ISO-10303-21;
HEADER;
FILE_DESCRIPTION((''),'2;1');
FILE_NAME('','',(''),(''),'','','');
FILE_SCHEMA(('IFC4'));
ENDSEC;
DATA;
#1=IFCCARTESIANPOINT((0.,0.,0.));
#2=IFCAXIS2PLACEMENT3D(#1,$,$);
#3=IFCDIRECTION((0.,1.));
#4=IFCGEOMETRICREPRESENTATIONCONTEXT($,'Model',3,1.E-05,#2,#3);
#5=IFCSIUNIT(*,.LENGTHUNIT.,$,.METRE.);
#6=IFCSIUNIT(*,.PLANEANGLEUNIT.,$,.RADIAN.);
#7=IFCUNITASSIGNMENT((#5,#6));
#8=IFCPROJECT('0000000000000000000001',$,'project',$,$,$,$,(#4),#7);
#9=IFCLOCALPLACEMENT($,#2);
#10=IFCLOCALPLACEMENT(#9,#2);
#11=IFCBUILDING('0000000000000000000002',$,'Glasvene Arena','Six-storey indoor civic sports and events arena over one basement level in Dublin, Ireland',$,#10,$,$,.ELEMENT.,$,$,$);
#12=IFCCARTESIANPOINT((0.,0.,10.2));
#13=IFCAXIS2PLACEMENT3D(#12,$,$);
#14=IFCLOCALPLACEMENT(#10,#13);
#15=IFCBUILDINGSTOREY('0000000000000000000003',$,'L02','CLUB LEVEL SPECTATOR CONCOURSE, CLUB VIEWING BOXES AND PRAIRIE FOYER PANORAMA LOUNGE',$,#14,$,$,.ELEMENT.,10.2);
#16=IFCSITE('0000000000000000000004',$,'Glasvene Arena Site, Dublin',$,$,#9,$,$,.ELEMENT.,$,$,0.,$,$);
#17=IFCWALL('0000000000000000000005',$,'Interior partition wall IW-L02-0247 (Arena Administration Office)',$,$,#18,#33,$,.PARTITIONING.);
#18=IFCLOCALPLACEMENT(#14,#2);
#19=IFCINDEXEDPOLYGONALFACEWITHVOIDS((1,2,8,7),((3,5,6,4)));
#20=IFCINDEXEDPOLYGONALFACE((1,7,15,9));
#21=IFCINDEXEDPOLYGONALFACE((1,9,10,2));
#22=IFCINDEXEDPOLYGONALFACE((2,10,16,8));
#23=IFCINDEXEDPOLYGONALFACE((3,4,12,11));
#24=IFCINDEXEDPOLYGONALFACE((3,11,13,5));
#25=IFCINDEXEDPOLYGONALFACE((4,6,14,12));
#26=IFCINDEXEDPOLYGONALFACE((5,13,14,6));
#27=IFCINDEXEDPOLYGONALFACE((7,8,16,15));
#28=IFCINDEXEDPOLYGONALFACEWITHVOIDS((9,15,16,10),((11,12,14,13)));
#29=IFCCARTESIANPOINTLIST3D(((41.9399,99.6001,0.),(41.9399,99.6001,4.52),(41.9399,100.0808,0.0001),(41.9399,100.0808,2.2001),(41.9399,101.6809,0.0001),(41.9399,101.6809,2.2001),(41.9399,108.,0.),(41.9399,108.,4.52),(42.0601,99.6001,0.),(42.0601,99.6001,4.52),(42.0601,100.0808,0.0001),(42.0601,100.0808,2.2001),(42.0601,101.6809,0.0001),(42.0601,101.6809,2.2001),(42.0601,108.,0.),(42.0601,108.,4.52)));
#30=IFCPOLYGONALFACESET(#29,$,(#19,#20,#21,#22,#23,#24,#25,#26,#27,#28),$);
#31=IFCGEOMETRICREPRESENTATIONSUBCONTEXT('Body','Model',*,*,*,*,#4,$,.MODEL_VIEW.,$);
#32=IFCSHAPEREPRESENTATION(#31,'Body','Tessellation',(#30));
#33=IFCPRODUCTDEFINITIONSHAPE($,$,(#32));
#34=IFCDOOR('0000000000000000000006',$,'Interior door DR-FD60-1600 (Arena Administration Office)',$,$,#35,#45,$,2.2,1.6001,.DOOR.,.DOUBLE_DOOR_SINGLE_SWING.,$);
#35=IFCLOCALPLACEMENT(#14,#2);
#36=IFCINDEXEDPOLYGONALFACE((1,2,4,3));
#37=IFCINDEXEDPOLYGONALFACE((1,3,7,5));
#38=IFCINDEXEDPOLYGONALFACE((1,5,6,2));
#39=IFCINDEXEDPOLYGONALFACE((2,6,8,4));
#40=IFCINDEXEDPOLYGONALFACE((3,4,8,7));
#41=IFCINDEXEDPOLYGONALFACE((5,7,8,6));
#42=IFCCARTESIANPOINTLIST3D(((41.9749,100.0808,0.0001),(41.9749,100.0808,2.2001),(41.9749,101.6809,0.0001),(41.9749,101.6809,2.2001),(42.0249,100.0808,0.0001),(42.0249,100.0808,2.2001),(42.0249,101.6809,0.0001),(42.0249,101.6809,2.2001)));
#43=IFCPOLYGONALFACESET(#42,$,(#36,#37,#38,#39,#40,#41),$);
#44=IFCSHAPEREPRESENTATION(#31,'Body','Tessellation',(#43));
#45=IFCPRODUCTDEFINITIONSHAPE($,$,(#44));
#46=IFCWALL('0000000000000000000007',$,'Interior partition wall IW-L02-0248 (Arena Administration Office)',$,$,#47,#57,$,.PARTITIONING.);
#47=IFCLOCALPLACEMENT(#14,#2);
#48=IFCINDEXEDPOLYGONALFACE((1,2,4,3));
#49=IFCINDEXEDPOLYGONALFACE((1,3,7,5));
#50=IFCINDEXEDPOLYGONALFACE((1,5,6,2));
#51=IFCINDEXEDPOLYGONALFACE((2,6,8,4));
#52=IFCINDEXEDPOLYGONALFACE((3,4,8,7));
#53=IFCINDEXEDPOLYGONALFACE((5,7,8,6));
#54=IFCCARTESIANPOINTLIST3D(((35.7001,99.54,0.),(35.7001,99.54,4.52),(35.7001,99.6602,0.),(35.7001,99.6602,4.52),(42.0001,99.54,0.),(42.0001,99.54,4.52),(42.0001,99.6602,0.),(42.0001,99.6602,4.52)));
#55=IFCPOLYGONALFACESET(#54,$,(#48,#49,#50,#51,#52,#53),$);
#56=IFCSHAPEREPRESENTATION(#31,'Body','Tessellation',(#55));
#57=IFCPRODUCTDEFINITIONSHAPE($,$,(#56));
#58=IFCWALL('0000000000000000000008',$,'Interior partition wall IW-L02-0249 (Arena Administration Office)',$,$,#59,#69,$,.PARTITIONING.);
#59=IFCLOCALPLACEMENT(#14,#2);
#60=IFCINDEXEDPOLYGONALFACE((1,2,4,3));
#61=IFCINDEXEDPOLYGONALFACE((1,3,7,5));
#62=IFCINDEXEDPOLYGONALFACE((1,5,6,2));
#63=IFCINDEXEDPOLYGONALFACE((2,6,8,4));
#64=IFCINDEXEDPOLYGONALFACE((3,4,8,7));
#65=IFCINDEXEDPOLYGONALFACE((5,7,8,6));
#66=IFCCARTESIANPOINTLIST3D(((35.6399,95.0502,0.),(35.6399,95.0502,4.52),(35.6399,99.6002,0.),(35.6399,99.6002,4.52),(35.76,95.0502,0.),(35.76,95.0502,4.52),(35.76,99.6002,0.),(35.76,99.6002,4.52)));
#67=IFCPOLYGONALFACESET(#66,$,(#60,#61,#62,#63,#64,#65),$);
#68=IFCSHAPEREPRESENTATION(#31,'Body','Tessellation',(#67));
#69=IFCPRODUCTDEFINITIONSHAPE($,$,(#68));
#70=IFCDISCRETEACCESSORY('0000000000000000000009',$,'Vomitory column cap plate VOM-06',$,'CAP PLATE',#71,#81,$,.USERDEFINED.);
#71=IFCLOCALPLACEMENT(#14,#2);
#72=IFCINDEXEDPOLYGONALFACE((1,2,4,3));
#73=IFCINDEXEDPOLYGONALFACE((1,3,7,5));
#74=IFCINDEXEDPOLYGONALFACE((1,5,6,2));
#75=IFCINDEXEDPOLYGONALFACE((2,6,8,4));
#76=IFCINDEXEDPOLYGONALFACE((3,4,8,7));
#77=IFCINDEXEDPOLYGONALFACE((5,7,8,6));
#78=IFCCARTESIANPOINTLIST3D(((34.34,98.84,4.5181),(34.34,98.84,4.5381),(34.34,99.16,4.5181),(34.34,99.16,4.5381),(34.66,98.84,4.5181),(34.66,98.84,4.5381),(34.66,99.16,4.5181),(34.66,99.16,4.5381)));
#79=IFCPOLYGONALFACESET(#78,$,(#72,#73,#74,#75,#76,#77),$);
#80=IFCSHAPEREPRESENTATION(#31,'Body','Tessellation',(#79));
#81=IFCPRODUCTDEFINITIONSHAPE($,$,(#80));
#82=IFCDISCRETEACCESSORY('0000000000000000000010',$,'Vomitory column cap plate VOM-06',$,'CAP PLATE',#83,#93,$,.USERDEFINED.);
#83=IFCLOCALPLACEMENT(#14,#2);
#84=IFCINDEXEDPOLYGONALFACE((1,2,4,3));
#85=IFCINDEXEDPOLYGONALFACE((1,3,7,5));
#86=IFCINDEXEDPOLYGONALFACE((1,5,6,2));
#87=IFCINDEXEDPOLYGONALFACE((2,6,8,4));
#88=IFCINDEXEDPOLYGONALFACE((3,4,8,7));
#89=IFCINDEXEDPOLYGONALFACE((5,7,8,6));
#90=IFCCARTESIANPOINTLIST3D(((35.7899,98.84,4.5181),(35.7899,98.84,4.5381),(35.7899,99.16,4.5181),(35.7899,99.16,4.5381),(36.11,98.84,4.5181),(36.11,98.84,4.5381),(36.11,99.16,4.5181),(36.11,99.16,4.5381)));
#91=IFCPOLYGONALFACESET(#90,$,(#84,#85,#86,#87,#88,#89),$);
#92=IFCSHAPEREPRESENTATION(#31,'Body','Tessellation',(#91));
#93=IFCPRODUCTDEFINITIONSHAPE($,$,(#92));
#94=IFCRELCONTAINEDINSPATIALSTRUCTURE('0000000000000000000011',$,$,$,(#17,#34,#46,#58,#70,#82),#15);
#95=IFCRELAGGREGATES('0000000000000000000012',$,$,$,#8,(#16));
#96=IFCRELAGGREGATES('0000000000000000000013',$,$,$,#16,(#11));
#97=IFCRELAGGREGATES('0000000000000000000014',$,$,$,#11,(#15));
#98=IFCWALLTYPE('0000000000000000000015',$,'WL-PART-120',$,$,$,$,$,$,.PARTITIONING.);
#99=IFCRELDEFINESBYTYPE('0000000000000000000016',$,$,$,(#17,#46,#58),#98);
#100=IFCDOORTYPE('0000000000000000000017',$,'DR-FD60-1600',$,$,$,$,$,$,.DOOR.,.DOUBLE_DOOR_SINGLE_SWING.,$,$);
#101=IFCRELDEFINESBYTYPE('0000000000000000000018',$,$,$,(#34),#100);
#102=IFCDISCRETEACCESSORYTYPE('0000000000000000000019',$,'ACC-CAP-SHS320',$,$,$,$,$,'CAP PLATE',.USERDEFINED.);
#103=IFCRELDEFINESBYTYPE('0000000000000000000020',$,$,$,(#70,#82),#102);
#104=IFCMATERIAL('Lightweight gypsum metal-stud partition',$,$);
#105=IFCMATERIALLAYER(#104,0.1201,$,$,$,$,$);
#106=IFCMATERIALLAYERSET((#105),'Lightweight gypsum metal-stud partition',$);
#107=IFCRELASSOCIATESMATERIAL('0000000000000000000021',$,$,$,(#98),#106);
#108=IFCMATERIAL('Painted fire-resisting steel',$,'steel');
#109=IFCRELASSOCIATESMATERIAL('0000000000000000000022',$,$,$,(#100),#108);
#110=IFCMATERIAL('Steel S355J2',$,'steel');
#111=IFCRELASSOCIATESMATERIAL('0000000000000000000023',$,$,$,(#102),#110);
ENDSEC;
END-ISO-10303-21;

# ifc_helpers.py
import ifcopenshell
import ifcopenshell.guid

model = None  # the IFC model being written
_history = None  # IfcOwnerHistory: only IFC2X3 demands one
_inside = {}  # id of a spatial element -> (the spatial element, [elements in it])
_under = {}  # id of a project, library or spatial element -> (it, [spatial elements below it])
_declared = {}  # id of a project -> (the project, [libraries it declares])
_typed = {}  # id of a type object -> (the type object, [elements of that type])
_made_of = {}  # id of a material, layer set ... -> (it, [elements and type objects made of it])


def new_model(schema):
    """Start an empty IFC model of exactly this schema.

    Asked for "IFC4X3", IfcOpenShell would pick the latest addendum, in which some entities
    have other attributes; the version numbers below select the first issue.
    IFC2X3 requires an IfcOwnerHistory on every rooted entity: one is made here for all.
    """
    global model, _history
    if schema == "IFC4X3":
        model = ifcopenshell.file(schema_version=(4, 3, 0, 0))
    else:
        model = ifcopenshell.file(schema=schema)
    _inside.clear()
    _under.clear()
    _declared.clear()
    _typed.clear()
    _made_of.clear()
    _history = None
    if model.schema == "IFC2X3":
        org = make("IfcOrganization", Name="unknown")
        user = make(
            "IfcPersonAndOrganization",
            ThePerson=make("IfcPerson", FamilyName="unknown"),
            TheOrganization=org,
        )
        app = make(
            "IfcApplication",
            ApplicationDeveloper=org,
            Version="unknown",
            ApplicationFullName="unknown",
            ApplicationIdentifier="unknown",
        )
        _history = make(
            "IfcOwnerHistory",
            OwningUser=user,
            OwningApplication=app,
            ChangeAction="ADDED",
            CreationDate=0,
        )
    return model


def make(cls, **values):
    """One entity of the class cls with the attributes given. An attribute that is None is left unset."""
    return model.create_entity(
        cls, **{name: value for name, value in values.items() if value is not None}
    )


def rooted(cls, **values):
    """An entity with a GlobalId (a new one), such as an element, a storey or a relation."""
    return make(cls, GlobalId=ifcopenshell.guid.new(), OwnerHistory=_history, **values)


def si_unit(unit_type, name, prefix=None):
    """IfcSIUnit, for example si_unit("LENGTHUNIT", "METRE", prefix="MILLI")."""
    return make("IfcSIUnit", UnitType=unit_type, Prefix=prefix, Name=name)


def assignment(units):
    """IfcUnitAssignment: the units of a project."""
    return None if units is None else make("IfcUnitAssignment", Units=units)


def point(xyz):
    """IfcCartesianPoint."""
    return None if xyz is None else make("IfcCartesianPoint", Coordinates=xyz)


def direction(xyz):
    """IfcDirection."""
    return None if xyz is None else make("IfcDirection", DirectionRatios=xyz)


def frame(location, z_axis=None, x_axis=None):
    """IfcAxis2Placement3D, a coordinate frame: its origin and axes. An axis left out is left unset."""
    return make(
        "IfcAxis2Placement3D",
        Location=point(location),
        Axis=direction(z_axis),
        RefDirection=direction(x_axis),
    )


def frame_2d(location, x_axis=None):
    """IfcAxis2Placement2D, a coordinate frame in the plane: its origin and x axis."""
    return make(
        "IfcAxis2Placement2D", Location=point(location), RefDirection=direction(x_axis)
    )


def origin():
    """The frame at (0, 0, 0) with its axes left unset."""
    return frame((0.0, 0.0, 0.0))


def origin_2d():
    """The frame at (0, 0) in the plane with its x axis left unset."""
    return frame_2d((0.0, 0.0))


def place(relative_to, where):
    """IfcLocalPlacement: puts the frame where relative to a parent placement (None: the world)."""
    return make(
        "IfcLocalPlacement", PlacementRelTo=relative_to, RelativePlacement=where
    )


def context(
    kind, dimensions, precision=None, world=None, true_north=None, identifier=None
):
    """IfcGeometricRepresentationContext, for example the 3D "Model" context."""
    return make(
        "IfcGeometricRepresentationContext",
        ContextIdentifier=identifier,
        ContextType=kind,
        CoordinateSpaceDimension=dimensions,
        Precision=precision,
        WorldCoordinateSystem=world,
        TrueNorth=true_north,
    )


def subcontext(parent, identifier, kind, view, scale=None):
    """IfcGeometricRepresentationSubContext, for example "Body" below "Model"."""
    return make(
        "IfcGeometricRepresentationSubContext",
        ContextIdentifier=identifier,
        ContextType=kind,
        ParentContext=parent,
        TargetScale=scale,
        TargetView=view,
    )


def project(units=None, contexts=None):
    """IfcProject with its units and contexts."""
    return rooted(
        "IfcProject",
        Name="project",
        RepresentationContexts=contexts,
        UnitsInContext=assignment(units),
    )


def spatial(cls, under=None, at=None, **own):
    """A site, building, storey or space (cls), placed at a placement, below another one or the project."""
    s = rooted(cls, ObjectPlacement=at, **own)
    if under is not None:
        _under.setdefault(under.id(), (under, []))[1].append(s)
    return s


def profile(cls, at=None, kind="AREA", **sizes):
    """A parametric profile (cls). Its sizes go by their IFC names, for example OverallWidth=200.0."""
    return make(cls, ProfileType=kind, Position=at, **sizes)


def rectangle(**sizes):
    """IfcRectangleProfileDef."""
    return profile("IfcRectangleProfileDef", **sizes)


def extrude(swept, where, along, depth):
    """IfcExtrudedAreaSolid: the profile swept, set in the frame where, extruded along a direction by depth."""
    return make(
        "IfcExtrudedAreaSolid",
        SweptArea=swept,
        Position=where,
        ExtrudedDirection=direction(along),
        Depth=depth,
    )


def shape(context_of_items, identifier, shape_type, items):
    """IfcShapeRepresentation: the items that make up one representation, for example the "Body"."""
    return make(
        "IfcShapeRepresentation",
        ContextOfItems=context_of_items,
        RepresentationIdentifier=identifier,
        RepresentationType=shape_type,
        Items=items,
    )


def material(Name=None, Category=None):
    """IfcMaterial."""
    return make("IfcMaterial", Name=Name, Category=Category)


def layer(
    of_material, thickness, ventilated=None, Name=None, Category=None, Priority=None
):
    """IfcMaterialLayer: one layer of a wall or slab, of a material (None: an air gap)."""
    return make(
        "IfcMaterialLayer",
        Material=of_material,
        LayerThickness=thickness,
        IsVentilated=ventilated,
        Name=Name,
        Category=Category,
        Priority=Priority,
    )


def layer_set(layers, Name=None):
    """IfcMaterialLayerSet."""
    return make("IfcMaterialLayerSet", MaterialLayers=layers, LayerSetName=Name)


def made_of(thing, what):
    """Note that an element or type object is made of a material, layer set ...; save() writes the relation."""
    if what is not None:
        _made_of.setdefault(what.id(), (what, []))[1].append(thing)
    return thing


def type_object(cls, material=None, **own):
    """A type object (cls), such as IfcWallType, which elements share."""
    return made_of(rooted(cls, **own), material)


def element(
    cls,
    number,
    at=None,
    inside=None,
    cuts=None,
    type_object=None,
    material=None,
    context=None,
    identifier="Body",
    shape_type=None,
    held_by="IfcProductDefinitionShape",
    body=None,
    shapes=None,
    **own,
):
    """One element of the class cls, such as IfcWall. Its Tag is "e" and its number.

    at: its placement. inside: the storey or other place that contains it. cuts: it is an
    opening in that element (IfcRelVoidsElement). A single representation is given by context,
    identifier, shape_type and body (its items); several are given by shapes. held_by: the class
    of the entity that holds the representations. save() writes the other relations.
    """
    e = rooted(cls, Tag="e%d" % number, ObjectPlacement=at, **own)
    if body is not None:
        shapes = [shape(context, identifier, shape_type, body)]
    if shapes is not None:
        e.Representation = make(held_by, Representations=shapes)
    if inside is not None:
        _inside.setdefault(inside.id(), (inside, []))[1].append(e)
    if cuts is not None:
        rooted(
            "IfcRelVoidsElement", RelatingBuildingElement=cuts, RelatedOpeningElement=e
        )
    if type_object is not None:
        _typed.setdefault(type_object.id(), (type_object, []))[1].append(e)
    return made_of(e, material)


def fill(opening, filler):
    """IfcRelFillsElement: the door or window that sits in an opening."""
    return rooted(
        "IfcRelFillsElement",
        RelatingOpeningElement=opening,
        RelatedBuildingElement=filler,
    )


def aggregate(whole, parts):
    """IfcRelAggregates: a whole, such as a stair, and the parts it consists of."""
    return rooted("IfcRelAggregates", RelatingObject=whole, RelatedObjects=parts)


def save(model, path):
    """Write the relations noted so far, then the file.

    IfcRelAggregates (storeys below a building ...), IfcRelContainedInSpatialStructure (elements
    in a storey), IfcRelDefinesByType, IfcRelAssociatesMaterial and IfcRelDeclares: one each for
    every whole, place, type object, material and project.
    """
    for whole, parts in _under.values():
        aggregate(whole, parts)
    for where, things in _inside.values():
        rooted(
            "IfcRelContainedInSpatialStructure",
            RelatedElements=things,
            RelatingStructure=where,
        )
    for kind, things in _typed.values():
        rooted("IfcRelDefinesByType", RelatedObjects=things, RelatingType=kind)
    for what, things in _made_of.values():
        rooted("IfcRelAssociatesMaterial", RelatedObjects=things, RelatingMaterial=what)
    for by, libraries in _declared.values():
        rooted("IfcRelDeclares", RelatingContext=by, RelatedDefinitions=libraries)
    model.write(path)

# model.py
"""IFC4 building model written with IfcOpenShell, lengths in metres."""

from ifc_helpers import new_model, si_unit, direction, frame, frame_2d, origin, origin_2d, place, context, subcontext, project, spatial, rectangle, extrude, material, layer, layer_set, type_object, element, fill, save


model = new_model("IFC4")

# Units and contexts
model_context = context("Model", 3, precision=1e-05, world=origin(), true_north=direction((0.0, 1.0)))
body_context = subcontext(model_context, "Body", "Model", "MODEL_VIEW")
ifc_project = project(units=[si_unit("LENGTHUNIT", "METRE"), si_unit("PLANEANGLEUNIT", "RADIAN")], contexts=[model_context])

# Site, building, storey
site_placement = place(None, origin())
site = spatial("IfcSite", under=ifc_project, at=site_placement, Name="Glasvene Arena Site, Dublin", CompositionType="ELEMENT", RefElevation=0.0)
building_placement = place(site_placement, origin())
building = spatial("IfcBuilding", under=site, at=building_placement, Name="Glasvene Arena", Description="Six-storey indoor civic sports and events arena over one basement level in Dublin, Ireland", CompositionType="ELEMENT")
storey_placement = place(building_placement, frame((0.0, 0.0, 10.2)))
storey = spatial("IfcBuildingStorey", under=building, at=storey_placement, Name="L02", Description="CLUB LEVEL SPECTATOR CONCOURSE, CLUB VIEWING BOXES AND PRAIRIE FOYER PANORAMA LOUNGE", CompositionType="ELEMENT", Elevation=10.2)

# Shared definitions
ifc_material_1 = material(Name="Steel S355J2", Category="steel")

# Wall, opening, door
ifc_material_2 = material(Name="Lightweight gypsum metal-stud partition")
ifc_layer_1 = layer(ifc_material_2, 0.1201)
ifc_layer_set_1 = layer_set([ifc_layer_1], Name="Lightweight gypsum metal-stud partition")
wall_type_1 = type_object("IfcWallType", Name="WL-PART-120", PredefinedType="PARTITIONING", material=ifc_layer_set_1)
wall_1_placement = place(storey_placement, frame((42.0, 108.0, 0.0), z_axis=(0.0, 0.0, 1.0), x_axis=(0.0, -1.0, 0.0)))
wall_1 = element("IfcWall", 1, at=wall_1_placement, inside=storey, type_object=wall_type_1, Name="Interior partition wall IW-L02-0247 (Arena Administration Office)", PredefinedType="PARTITIONING", context=body_context, shape_type="SweptSolid", body=[
    extrude(rectangle(XDim=8.3999, YDim=0.1201, at=frame_2d((4.2, 0.0))), origin(), (0.0, 0.0, 1.0), 4.52),
])
opening_placement = place(wall_1_placement, frame((6.3191, 0.0, 0.0)))
opening = element("IfcOpeningElement", 2, at=opening_placement, cuts=wall_1, PredefinedType="OPENING", context=body_context, shape_type="SweptSolid", body=[
    extrude(rectangle(XDim=1.6001, YDim=2.2, at=frame_2d((0.8, 1.1001))), frame((0.0, 0.0701, 0.0), z_axis=(0.0, -1.0, 0.0), x_axis=(1.0, 0.0, 0.0)), (0.0, 0.0, 1.0), 0.1401),
])
ifc_material_3 = material(Name="Painted fire-resisting steel", Category="steel")
door_type = type_object("IfcDoorType", Name="DR-FD60-1600", OperationType="DOUBLE_DOOR_SINGLE_SWING", PredefinedType="DOOR", material=ifc_material_3)
door_placement = place(opening_placement, origin())
door = element("IfcDoor", 3, at=door_placement, inside=storey, type_object=door_type, Name="Interior door DR-FD60-1600 (Arena Administration Office)", OperationType="DOUBLE_DOOR_SINGLE_SWING", OverallHeight=2.2, OverallWidth=1.6001, PredefinedType="DOOR", context=body_context, shape_type="SweptSolid", body=[
    extrude(rectangle(XDim=1.6001, YDim=2.2, at=frame_2d((0.8, 1.1001))), frame((0.0, 0.0249, 0.0), z_axis=(0.0, -1.0, 0.0), x_axis=(1.0, 0.0, 0.0)), (0.0, 0.0, 1.0), 0.05),
])
fill(opening, door)

# Walls
wall_2_placement = place(storey_placement, frame((42.0, 99.6001, 0.0), z_axis=(0.0, 0.0, 1.0), x_axis=(-1.0, 0.0, 0.0)))
element("IfcWall", 4, at=wall_2_placement, inside=storey, type_object=wall_type_1, Name="Interior partition wall IW-L02-0248 (Arena Administration Office)", PredefinedType="PARTITIONING", context=body_context, shape_type="SweptSolid", body=[
    extrude(rectangle(XDim=6.3, YDim=0.1201, at=frame_2d((3.1499, 0.0))), origin(), (0.0, 0.0, 1.0), 4.52),
])
wall_3_placement = place(storey_placement, frame((35.7, 99.6001, 0.0), z_axis=(0.0, 0.0, 1.0), x_axis=(0.0, -1.0, 0.0)))
element("IfcWall", 5, at=wall_3_placement, inside=storey, type_object=wall_type_1, Name="Interior partition wall IW-L02-0249 (Arena Administration Office)", PredefinedType="PARTITIONING", context=body_context, shape_type="SweptSolid", body=[
    extrude(rectangle(XDim=4.55, YDim=0.1201, at=frame_2d((2.2749, 0.0))), origin(), (0.0, 0.0, 1.0), 4.52),
])

# Discrete accessories
discrete_accessory_type = type_object("IfcDiscreteAccessoryType", Name="ACC-CAP-SHS320", ElementType="CAP PLATE", PredefinedType="USERDEFINED", material=ifc_material_1)
for number, where, z_axis, x_axis, name in (
    (6, (34.5, 99.0, 4.5181), (0.0, 0.0, 1.0), (1.0, 0.0, 0.0), "Vomitory column cap plate VOM-06"),
    (7, (35.95, 99.0, 4.5181), (0.0, 0.0, 1.0), (1.0, 0.0, 0.0), "Vomitory column cap plate VOM-06"),
):
    element("IfcDiscreteAccessory", number, at=place(storey_placement, frame(where, z_axis=z_axis, x_axis=x_axis)), inside=storey, type_object=discrete_accessory_type, Name=name, ObjectType="CAP PLATE", PredefinedType="USERDEFINED", context=body_context, shape_type="SweptSolid", body=[
        extrude(rectangle(XDim=0.3201, YDim=0.3201, at=origin_2d()), origin(), (0.0, 0.0, 1.0), 0.02),
    ])

save(model, "model.ifc")
